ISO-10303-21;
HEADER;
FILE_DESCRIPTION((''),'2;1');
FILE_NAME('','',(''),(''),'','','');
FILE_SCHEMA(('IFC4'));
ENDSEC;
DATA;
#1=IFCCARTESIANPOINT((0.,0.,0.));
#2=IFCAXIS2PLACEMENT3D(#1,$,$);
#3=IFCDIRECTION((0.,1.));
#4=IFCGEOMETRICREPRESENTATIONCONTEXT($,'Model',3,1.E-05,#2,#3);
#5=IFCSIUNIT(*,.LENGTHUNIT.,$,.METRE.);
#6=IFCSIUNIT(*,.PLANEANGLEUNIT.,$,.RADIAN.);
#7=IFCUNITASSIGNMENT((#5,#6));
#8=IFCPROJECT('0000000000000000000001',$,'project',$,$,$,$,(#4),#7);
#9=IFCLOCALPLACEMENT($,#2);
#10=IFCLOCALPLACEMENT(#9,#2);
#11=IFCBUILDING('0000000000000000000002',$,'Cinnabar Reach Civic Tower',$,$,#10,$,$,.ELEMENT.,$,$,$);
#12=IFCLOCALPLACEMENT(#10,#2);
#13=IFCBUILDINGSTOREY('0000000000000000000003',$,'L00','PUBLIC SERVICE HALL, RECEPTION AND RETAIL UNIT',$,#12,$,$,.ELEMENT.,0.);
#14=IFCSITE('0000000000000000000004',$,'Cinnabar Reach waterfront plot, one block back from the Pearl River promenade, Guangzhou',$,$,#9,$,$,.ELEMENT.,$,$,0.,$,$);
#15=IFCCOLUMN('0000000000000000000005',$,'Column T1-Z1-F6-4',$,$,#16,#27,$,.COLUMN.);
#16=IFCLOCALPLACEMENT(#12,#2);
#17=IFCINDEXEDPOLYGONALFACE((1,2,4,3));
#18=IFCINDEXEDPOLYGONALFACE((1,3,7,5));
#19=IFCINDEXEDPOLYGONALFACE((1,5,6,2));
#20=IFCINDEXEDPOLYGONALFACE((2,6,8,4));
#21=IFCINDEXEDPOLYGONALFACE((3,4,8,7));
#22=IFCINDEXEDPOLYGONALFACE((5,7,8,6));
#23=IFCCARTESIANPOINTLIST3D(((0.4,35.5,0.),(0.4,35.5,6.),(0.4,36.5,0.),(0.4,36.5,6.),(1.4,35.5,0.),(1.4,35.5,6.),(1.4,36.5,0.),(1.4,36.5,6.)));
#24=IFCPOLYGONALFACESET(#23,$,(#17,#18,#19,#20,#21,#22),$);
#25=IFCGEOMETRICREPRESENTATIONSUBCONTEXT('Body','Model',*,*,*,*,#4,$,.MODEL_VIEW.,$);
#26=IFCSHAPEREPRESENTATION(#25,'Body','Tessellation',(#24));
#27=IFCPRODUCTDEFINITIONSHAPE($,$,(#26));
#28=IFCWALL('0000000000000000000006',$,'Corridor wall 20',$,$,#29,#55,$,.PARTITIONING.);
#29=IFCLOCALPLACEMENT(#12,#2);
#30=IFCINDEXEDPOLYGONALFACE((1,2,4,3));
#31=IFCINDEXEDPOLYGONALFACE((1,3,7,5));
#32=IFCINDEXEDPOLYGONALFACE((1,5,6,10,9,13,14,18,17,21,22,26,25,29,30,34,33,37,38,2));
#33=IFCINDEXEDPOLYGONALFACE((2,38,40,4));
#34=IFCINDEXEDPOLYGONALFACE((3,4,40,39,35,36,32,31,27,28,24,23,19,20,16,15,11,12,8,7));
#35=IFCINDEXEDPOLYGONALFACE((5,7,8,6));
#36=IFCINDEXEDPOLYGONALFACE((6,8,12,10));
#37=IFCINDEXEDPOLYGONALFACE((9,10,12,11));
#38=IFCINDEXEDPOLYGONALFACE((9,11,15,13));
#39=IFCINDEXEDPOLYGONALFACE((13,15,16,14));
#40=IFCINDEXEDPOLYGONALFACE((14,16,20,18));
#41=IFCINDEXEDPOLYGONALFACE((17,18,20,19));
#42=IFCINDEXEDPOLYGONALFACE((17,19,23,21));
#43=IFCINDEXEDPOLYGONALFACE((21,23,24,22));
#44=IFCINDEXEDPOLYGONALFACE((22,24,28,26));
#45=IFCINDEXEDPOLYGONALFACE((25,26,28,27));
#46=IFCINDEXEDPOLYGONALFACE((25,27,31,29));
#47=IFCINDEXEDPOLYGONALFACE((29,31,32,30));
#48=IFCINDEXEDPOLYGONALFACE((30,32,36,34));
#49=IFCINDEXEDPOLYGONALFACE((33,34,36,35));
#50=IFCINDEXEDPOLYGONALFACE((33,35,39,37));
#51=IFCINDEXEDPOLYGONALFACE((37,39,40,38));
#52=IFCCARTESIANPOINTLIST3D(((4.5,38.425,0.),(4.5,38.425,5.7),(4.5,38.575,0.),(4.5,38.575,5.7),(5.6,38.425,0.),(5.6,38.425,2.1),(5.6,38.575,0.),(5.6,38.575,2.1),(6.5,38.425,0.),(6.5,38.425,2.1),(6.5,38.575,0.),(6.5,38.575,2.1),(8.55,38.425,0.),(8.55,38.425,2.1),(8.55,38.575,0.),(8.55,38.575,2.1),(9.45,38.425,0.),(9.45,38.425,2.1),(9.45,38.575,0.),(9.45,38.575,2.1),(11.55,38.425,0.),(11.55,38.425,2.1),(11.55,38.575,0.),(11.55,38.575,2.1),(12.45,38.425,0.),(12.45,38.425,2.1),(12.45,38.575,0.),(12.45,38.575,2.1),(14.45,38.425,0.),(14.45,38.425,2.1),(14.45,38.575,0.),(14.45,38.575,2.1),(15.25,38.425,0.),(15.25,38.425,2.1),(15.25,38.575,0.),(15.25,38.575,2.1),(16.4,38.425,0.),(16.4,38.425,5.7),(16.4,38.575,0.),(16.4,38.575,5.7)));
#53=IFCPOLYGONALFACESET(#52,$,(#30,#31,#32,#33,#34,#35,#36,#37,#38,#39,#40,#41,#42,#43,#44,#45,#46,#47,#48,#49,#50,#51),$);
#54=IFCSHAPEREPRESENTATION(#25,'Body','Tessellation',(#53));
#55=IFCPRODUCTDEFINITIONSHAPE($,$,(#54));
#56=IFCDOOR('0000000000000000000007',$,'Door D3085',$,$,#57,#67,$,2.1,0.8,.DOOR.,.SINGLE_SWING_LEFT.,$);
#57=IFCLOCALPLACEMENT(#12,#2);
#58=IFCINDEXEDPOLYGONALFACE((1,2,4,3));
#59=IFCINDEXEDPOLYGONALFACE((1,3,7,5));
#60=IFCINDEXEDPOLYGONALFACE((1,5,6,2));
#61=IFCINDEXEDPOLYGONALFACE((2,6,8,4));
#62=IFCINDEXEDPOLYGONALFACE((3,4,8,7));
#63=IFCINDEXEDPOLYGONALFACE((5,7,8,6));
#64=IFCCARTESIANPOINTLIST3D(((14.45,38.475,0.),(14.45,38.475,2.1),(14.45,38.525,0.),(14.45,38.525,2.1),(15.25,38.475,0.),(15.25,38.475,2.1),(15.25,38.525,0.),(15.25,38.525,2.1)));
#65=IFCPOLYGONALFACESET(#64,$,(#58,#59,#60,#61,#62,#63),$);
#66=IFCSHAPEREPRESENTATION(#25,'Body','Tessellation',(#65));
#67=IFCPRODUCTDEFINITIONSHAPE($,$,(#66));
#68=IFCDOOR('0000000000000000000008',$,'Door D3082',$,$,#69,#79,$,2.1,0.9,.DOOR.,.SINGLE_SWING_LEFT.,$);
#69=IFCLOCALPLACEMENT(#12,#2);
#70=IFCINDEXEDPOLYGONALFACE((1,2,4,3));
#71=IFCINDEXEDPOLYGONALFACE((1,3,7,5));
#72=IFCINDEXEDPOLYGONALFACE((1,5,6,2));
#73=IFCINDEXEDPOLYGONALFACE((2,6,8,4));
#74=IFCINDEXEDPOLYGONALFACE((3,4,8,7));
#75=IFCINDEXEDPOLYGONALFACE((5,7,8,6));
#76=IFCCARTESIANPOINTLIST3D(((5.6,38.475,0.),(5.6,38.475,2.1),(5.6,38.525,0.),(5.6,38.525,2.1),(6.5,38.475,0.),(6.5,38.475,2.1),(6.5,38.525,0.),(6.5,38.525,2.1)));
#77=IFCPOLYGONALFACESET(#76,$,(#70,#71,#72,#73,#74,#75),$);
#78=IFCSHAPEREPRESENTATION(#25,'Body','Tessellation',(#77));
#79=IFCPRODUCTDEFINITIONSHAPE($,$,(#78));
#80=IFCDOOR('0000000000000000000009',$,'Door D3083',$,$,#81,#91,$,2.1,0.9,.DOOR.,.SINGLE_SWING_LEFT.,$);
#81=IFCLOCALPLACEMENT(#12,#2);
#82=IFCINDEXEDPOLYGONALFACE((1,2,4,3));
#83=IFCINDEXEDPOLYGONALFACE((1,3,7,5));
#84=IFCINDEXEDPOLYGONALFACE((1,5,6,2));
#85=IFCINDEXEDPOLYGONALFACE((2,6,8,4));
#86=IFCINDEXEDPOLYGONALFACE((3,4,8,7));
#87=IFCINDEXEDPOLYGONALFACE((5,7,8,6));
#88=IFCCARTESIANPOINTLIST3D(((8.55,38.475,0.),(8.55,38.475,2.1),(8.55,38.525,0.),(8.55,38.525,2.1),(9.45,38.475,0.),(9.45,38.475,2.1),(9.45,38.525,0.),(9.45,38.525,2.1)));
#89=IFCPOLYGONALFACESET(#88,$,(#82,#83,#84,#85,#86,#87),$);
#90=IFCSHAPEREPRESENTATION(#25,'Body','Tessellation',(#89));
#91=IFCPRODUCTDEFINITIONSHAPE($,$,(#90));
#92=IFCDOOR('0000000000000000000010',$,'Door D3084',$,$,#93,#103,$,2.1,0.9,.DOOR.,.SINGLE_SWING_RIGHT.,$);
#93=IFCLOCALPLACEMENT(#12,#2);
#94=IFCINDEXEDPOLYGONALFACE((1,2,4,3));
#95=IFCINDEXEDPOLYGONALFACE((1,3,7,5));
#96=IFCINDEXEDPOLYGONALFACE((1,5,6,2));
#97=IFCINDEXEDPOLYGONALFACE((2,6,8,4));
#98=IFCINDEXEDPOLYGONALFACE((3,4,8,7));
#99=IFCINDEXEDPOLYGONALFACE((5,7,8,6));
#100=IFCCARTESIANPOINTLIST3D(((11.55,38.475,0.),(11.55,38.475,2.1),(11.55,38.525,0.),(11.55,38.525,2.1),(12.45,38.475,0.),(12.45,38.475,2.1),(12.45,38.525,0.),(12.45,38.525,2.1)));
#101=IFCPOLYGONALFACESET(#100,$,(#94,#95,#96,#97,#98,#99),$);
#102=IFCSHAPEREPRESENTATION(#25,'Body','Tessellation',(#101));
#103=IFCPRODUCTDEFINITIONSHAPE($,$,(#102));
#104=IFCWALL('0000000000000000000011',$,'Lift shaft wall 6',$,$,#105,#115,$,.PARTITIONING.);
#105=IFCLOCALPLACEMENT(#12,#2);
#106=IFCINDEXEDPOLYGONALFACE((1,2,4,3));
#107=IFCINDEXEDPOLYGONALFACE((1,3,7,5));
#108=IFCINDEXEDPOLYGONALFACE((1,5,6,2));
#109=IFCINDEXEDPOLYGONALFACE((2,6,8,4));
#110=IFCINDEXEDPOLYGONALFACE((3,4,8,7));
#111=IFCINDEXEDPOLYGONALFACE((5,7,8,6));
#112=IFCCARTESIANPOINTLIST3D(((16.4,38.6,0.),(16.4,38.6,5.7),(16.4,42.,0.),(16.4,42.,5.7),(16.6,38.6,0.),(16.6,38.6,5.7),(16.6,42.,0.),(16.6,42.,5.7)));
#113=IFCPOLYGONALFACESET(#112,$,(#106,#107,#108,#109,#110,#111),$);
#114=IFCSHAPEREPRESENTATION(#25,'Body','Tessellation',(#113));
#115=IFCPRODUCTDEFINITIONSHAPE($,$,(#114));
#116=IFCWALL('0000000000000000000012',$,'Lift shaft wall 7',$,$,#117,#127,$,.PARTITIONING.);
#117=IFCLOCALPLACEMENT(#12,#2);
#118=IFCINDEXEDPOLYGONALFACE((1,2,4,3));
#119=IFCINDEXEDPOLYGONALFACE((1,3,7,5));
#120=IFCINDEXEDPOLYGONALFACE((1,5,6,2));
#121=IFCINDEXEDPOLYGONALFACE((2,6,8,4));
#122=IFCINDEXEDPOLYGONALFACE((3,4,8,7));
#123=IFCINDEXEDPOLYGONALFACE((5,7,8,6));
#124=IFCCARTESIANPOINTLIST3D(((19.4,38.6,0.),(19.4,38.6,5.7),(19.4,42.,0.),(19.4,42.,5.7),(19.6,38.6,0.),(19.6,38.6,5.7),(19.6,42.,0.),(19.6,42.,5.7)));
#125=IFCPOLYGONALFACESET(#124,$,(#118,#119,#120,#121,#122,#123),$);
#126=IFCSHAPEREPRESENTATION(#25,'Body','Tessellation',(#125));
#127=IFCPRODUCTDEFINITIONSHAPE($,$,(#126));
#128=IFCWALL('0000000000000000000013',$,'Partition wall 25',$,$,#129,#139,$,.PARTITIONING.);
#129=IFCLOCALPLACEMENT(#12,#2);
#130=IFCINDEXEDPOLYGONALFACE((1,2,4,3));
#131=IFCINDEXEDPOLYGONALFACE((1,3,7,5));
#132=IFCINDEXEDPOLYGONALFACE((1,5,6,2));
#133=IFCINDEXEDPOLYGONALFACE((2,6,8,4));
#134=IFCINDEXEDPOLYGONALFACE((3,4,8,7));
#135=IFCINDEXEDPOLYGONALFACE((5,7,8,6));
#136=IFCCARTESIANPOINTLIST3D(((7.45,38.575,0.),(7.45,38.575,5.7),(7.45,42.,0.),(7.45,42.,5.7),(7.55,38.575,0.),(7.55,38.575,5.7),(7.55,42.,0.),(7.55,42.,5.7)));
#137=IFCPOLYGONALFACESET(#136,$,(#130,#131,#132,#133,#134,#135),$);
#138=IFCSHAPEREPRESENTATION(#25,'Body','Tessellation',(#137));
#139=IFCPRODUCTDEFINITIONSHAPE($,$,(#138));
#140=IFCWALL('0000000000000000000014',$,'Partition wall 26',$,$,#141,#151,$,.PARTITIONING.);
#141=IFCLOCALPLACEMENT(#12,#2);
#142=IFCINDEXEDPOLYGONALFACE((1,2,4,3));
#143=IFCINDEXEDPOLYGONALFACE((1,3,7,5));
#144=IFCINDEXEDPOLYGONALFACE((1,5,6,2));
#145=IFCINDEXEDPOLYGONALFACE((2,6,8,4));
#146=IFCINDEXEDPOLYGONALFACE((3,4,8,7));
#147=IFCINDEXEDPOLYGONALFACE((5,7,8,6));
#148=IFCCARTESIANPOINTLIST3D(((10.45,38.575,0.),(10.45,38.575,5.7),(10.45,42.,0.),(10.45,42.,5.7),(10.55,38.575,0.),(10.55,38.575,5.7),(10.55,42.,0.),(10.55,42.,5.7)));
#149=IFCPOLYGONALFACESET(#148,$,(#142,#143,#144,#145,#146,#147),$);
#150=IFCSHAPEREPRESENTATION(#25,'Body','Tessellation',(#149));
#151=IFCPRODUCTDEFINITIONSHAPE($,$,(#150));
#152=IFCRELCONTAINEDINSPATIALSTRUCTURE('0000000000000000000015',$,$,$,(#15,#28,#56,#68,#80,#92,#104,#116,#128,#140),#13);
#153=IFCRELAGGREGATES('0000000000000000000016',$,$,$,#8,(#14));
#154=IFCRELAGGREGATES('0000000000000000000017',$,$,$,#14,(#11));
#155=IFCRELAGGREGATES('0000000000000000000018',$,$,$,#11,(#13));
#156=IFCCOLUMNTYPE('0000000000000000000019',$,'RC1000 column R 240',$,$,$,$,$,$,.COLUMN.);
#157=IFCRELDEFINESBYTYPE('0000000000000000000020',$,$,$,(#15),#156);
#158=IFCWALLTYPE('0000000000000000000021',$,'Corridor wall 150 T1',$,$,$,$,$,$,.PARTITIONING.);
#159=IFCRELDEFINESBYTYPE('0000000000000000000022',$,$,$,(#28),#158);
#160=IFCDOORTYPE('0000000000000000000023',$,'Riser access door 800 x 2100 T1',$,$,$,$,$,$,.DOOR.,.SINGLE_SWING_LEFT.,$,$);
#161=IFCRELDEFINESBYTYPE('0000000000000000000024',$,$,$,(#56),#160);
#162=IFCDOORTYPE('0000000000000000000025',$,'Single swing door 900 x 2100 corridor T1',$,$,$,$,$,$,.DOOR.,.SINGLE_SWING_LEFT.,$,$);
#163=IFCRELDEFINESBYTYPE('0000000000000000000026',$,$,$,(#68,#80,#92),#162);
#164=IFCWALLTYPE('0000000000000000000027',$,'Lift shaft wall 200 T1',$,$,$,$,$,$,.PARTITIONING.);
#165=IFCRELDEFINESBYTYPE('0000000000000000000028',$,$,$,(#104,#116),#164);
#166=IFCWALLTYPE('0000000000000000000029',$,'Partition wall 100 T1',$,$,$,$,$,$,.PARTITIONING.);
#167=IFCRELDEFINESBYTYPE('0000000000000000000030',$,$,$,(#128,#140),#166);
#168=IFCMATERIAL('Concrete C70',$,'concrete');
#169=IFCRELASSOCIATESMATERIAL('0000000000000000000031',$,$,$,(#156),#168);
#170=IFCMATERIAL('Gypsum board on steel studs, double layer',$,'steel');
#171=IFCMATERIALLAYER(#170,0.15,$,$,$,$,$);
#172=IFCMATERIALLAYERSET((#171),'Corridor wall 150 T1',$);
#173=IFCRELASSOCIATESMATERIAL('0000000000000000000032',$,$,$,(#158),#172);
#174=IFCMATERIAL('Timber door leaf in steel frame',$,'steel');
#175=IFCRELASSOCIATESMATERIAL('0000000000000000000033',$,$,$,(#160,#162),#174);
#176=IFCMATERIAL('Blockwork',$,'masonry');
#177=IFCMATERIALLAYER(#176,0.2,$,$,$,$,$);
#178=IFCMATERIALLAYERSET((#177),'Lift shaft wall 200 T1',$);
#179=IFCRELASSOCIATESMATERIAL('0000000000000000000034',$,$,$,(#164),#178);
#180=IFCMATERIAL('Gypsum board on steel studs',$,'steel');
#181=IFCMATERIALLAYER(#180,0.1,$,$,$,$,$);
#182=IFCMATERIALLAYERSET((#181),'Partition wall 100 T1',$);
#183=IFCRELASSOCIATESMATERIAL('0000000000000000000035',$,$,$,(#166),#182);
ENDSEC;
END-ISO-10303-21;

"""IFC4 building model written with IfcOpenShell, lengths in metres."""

from ifc_helpers import new_model, si_unit, direction, frame, frame_2d, origin, origin_2d, place, context, subcontext, project, spatial, rectangle, extrude, material, layer, layer_set, material_profile, profile_set, type_object, element, fill, save


model = new_model("IFC4")

# Units and contexts
model_context = context("Model", 3, precision=1e-05, world=origin(), true_north=direction((0.0, 1.0)))
body_context = subcontext(model_context, "Body", "Model", "MODEL_VIEW")
ifc_project = project(units=[si_unit("LENGTHUNIT", "METRE"), si_unit("PLANEANGLEUNIT", "RADIAN")], contexts=[model_context])

# Site, building, storey
site_placement = place(None, origin())
site = spatial("IfcSite", under=ifc_project, at=site_placement, Name="Cinnabar Reach waterfront plot, one block back from the Pearl River promenade, Guangzhou", CompositionType="ELEMENT", RefElevation=0.0)
building_placement = place(site_placement, origin())
building = spatial("IfcBuilding", under=site, at=building_placement, Name="Cinnabar Reach Civic Tower", CompositionType="ELEMENT")
storey_placement = place(building_placement, origin())
storey = spatial("IfcBuildingStorey", under=building, at=storey_placement, Name="L00", Description="PUBLIC SERVICE HALL, RECEPTION AND RETAIL UNIT", CompositionType="ELEMENT", Elevation=0.0)

# Column
ifc_material_1 = material(Name="Concrete C70", Category="concrete")
ifc_material_profile = material_profile(ifc_material_1, rectangle(XDim=1.0, YDim=1.0, at=origin_2d()), Name="RC1000")
ifc_profile_set = profile_set([ifc_material_profile], Name="Concrete C70")
column_type = type_object("IfcColumnType", Name="RC1000 column R 240", PredefinedType="COLUMN", material=ifc_profile_set)
column_placement = place(storey_placement, frame((0.9, 36.0, 0.0), z_axis=(0.0, 0.0, 1.0), x_axis=(1.0, 0.0, 0.0)))
element("IfcColumn", 1, at=column_placement, inside=storey, type_object=column_type, Name="Column T1-Z1-F6-4", PredefinedType="COLUMN", context=body_context, shape_type="SweptSolid", body=[
    extrude(rectangle(XDim=1.0, YDim=1.0, at=origin_2d()), origin(), (0.0, 0.0, 1.0), 6.0),
])

# Wall, openings, doors
ifc_material_2 = material(Name="Gypsum board on steel studs, double layer", Category="steel")
ifc_layer_1 = layer(ifc_material_2, 0.15)
ifc_layer_set_1 = layer_set([ifc_layer_1], Name="Corridor wall 150 T1")
wall_type_1 = type_object("IfcWallType", Name="Corridor wall 150 T1", PredefinedType="PARTITIONING", material=ifc_layer_set_1)
wall_1_placement = place(storey_placement, frame((4.5, 38.5, 0.0), z_axis=(0.0, 0.0, 1.0), x_axis=(1.0, 0.0, 0.0)))
wall_1 = element("IfcWall", 2, at=wall_1_placement, inside=storey, type_object=wall_type_1, Name="Corridor wall 20", PredefinedType="PARTITIONING", context=body_context, shape_type="SweptSolid", body=[
    extrude(rectangle(XDim=11.9, YDim=0.15, at=frame_2d((5.95, 0.0))), origin(), (0.0, 0.0, 1.0), 5.7),
])
opening_1_placement = place(wall_1_placement, frame((1.1, 0.0, 0.0)))
opening_1 = element("IfcOpeningElement", 3, at=opening_1_placement, cuts=wall_1, PredefinedType="OPENING", context=body_context, shape_type="SweptSolid", body=[
    extrude(rectangle(XDim=0.9, YDim=2.1, at=frame_2d((0.45, 1.05))), frame((0.0, 0.085, 0.0), z_axis=(0.0, -1.0, 0.0), x_axis=(1.0, 0.0, 0.0)), (0.0, 0.0, 1.0), 0.17),
])
opening_2_placement = place(wall_1_placement, frame((4.05, 0.0, 0.0)))
opening_2 = element("IfcOpeningElement", 4, at=opening_2_placement, cuts=wall_1, PredefinedType="OPENING", context=body_context, shape_type="SweptSolid", body=[
    extrude(rectangle(XDim=0.9, YDim=2.1, at=frame_2d((0.45, 1.05))), frame((0.0, 0.085, 0.0), z_axis=(0.0, -1.0, 0.0), x_axis=(1.0, 0.0, 0.0)), (0.0, 0.0, 1.0), 0.17),
])
opening_3_placement = place(wall_1_placement, frame((7.05, 0.0, 0.0)))
opening_3 = element("IfcOpeningElement", 5, at=opening_3_placement, cuts=wall_1, PredefinedType="OPENING", context=body_context, shape_type="SweptSolid", body=[
    extrude(rectangle(XDim=0.9, YDim=2.1, at=frame_2d((0.45, 1.05))), frame((0.0, 0.085, 0.0), z_axis=(0.0, -1.0, 0.0), x_axis=(1.0, 0.0, 0.0)), (0.0, 0.0, 1.0), 0.17),
])
opening_4_placement = place(wall_1_placement, frame((9.95, 0.0, 0.0)))
opening_4 = element("IfcOpeningElement", 6, at=opening_4_placement, cuts=wall_1, PredefinedType="OPENING", context=body_context, shape_type="SweptSolid", body=[
    extrude(rectangle(XDim=0.8, YDim=2.1, at=frame_2d((0.4, 1.05))), frame((0.0, 0.085, 0.0), z_axis=(0.0, -1.0, 0.0), x_axis=(1.0, 0.0, 0.0)), (0.0, 0.0, 1.0), 0.17),
])
ifc_material_3 = material(Name="Timber door leaf in steel frame", Category="steel")
door_type_1 = type_object("IfcDoorType", Name="Riser access door 800 x 2100 T1", OperationType="SINGLE_SWING_LEFT", PredefinedType="DOOR", material=ifc_material_3)
door_1_placement = place(opening_4_placement, origin())
door_1 = element("IfcDoor", 7, at=door_1_placement, inside=storey, type_object=door_type_1, Name="Door D3085", OperationType="SINGLE_SWING_LEFT", OverallHeight=2.1, OverallWidth=0.8, PredefinedType="DOOR", context=body_context, shape_type="SweptSolid", body=[
    extrude(rectangle(XDim=0.8, YDim=2.1, at=frame_2d((0.4, 1.05))), frame((0.0, 0.025, 0.0), z_axis=(0.0, -1.0, 0.0), x_axis=(1.0, 0.0, 0.0)), (0.0, 0.0, 1.0), 0.05),
])
fill(opening_4, door_1)
door_type_2 = type_object("IfcDoorType", Name="Single swing door 900 x 2100 corridor T1", OperationType="SINGLE_SWING_LEFT", PredefinedType="DOOR", material=ifc_material_3)
door_2_placement = place(opening_1_placement, origin())
door_2 = element("IfcDoor", 8, at=door_2_placement, inside=storey, type_object=door_type_2, Name="Door D3082", OperationType="SINGLE_SWING_LEFT", OverallHeight=2.1, OverallWidth=0.9, PredefinedType="DOOR", context=body_context, shape_type="SweptSolid", body=[
    extrude(rectangle(XDim=0.9, YDim=2.1, at=frame_2d((0.45, 1.05))), frame((0.0, 0.025, 0.0), z_axis=(0.0, -1.0, 0.0), x_axis=(1.0, 0.0, 0.0)), (0.0, 0.0, 1.0), 0.05),
])
fill(opening_1, door_2)
door_3_placement = place(opening_2_placement, origin())
door_3 = element("IfcDoor", 9, at=door_3_placement, inside=storey, type_object=door_type_2, Name="Door D3083", OperationType="SINGLE_SWING_LEFT", OverallHeight=2.1, OverallWidth=0.9, PredefinedType="DOOR", context=body_context, shape_type="SweptSolid", body=[
    extrude(rectangle(XDim=0.9, YDim=2.1, at=frame_2d((0.45, 1.05))), frame((0.0, 0.025, 0.0), z_axis=(0.0, -1.0, 0.0), x_axis=(1.0, 0.0, 0.0)), (0.0, 0.0, 1.0), 0.05),
])
fill(opening_2, door_3)
door_4_placement = place(opening_3_placement, origin())
door_4 = element("IfcDoor", 10, at=door_4_placement, inside=storey, type_object=door_type_2, Name="Door D3084", OperationType="SINGLE_SWING_RIGHT", OverallHeight=2.1, OverallWidth=0.9, PredefinedType="DOOR", context=body_context, shape_type="SweptSolid", body=[
    extrude(rectangle(XDim=0.9, YDim=2.1, at=frame_2d((0.45, 1.05))), frame((0.0, 0.025, 0.0), z_axis=(0.0, -1.0, 0.0), x_axis=(1.0, 0.0, 0.0)), (0.0, 0.0, 1.0), 0.05),
])
fill(opening_3, door_4)

# Walls
ifc_material_4 = material(Name="Blockwork", Category="masonry")
ifc_layer_2 = layer(ifc_material_4, 0.2)
ifc_layer_set_2 = layer_set([ifc_layer_2], Name="Lift shaft wall 200 T1")
wall_type_2 = type_object("IfcWallType", Name="Lift shaft wall 200 T1", PredefinedType="PARTITIONING", material=ifc_layer_set_2)
for number, where, z_axis, x_axis, name in (
    (11, (16.5, 38.6, 0.0), (0.0, 0.0, 1.0), (0.0, 1.0, 0.0), "Lift shaft wall 6"),
    (12, (19.5, 38.6, 0.0), (0.0, 0.0, 1.0), (0.0, 1.0, 0.0), "Lift shaft wall 7"),
):
    element("IfcWall", number, at=place(storey_placement, frame(where, z_axis=z_axis, x_axis=x_axis)), inside=storey, type_object=wall_type_2, Name=name, PredefinedType="PARTITIONING", context=body_context, shape_type="SweptSolid", body=[
        extrude(rectangle(XDim=3.4, YDim=0.2, at=frame_2d((1.7, 0.0))), origin(), (0.0, 0.0, 1.0), 5.7),
    ])
ifc_material_5 = material(Name="Gypsum board on steel studs", Category="steel")
ifc_layer_3 = layer(ifc_material_5, 0.1)
ifc_layer_set_3 = layer_set([ifc_layer_3], Name="Partition wall 100 T1")
wall_type_3 = type_object("IfcWallType", Name="Partition wall 100 T1", PredefinedType="PARTITIONING", material=ifc_layer_set_3)
for number, where, z_axis, x_axis, name in (
    (13, (7.5, 38.575, 0.0), (0.0, 0.0, 1.0), (0.0, 1.0, 0.0), "Partition wall 25"),
    (14, (10.5, 38.575, 0.0), (0.0, 0.0, 1.0), (0.0, 1.0, 0.0), "Partition wall 26"),
):
    element("IfcWall", number, at=place(storey_placement, frame(where, z_axis=z_axis, x_axis=x_axis)), inside=storey, type_object=wall_type_3, Name=name, PredefinedType="PARTITIONING", context=body_context, shape_type="SweptSolid", body=[
        extrude(rectangle(XDim=3.425, YDim=0.1, at=frame_2d((1.7125, 0.0))), origin(), (0.0, 0.0, 1.0), 5.7),
    ])

save(model, "model.ifc")
